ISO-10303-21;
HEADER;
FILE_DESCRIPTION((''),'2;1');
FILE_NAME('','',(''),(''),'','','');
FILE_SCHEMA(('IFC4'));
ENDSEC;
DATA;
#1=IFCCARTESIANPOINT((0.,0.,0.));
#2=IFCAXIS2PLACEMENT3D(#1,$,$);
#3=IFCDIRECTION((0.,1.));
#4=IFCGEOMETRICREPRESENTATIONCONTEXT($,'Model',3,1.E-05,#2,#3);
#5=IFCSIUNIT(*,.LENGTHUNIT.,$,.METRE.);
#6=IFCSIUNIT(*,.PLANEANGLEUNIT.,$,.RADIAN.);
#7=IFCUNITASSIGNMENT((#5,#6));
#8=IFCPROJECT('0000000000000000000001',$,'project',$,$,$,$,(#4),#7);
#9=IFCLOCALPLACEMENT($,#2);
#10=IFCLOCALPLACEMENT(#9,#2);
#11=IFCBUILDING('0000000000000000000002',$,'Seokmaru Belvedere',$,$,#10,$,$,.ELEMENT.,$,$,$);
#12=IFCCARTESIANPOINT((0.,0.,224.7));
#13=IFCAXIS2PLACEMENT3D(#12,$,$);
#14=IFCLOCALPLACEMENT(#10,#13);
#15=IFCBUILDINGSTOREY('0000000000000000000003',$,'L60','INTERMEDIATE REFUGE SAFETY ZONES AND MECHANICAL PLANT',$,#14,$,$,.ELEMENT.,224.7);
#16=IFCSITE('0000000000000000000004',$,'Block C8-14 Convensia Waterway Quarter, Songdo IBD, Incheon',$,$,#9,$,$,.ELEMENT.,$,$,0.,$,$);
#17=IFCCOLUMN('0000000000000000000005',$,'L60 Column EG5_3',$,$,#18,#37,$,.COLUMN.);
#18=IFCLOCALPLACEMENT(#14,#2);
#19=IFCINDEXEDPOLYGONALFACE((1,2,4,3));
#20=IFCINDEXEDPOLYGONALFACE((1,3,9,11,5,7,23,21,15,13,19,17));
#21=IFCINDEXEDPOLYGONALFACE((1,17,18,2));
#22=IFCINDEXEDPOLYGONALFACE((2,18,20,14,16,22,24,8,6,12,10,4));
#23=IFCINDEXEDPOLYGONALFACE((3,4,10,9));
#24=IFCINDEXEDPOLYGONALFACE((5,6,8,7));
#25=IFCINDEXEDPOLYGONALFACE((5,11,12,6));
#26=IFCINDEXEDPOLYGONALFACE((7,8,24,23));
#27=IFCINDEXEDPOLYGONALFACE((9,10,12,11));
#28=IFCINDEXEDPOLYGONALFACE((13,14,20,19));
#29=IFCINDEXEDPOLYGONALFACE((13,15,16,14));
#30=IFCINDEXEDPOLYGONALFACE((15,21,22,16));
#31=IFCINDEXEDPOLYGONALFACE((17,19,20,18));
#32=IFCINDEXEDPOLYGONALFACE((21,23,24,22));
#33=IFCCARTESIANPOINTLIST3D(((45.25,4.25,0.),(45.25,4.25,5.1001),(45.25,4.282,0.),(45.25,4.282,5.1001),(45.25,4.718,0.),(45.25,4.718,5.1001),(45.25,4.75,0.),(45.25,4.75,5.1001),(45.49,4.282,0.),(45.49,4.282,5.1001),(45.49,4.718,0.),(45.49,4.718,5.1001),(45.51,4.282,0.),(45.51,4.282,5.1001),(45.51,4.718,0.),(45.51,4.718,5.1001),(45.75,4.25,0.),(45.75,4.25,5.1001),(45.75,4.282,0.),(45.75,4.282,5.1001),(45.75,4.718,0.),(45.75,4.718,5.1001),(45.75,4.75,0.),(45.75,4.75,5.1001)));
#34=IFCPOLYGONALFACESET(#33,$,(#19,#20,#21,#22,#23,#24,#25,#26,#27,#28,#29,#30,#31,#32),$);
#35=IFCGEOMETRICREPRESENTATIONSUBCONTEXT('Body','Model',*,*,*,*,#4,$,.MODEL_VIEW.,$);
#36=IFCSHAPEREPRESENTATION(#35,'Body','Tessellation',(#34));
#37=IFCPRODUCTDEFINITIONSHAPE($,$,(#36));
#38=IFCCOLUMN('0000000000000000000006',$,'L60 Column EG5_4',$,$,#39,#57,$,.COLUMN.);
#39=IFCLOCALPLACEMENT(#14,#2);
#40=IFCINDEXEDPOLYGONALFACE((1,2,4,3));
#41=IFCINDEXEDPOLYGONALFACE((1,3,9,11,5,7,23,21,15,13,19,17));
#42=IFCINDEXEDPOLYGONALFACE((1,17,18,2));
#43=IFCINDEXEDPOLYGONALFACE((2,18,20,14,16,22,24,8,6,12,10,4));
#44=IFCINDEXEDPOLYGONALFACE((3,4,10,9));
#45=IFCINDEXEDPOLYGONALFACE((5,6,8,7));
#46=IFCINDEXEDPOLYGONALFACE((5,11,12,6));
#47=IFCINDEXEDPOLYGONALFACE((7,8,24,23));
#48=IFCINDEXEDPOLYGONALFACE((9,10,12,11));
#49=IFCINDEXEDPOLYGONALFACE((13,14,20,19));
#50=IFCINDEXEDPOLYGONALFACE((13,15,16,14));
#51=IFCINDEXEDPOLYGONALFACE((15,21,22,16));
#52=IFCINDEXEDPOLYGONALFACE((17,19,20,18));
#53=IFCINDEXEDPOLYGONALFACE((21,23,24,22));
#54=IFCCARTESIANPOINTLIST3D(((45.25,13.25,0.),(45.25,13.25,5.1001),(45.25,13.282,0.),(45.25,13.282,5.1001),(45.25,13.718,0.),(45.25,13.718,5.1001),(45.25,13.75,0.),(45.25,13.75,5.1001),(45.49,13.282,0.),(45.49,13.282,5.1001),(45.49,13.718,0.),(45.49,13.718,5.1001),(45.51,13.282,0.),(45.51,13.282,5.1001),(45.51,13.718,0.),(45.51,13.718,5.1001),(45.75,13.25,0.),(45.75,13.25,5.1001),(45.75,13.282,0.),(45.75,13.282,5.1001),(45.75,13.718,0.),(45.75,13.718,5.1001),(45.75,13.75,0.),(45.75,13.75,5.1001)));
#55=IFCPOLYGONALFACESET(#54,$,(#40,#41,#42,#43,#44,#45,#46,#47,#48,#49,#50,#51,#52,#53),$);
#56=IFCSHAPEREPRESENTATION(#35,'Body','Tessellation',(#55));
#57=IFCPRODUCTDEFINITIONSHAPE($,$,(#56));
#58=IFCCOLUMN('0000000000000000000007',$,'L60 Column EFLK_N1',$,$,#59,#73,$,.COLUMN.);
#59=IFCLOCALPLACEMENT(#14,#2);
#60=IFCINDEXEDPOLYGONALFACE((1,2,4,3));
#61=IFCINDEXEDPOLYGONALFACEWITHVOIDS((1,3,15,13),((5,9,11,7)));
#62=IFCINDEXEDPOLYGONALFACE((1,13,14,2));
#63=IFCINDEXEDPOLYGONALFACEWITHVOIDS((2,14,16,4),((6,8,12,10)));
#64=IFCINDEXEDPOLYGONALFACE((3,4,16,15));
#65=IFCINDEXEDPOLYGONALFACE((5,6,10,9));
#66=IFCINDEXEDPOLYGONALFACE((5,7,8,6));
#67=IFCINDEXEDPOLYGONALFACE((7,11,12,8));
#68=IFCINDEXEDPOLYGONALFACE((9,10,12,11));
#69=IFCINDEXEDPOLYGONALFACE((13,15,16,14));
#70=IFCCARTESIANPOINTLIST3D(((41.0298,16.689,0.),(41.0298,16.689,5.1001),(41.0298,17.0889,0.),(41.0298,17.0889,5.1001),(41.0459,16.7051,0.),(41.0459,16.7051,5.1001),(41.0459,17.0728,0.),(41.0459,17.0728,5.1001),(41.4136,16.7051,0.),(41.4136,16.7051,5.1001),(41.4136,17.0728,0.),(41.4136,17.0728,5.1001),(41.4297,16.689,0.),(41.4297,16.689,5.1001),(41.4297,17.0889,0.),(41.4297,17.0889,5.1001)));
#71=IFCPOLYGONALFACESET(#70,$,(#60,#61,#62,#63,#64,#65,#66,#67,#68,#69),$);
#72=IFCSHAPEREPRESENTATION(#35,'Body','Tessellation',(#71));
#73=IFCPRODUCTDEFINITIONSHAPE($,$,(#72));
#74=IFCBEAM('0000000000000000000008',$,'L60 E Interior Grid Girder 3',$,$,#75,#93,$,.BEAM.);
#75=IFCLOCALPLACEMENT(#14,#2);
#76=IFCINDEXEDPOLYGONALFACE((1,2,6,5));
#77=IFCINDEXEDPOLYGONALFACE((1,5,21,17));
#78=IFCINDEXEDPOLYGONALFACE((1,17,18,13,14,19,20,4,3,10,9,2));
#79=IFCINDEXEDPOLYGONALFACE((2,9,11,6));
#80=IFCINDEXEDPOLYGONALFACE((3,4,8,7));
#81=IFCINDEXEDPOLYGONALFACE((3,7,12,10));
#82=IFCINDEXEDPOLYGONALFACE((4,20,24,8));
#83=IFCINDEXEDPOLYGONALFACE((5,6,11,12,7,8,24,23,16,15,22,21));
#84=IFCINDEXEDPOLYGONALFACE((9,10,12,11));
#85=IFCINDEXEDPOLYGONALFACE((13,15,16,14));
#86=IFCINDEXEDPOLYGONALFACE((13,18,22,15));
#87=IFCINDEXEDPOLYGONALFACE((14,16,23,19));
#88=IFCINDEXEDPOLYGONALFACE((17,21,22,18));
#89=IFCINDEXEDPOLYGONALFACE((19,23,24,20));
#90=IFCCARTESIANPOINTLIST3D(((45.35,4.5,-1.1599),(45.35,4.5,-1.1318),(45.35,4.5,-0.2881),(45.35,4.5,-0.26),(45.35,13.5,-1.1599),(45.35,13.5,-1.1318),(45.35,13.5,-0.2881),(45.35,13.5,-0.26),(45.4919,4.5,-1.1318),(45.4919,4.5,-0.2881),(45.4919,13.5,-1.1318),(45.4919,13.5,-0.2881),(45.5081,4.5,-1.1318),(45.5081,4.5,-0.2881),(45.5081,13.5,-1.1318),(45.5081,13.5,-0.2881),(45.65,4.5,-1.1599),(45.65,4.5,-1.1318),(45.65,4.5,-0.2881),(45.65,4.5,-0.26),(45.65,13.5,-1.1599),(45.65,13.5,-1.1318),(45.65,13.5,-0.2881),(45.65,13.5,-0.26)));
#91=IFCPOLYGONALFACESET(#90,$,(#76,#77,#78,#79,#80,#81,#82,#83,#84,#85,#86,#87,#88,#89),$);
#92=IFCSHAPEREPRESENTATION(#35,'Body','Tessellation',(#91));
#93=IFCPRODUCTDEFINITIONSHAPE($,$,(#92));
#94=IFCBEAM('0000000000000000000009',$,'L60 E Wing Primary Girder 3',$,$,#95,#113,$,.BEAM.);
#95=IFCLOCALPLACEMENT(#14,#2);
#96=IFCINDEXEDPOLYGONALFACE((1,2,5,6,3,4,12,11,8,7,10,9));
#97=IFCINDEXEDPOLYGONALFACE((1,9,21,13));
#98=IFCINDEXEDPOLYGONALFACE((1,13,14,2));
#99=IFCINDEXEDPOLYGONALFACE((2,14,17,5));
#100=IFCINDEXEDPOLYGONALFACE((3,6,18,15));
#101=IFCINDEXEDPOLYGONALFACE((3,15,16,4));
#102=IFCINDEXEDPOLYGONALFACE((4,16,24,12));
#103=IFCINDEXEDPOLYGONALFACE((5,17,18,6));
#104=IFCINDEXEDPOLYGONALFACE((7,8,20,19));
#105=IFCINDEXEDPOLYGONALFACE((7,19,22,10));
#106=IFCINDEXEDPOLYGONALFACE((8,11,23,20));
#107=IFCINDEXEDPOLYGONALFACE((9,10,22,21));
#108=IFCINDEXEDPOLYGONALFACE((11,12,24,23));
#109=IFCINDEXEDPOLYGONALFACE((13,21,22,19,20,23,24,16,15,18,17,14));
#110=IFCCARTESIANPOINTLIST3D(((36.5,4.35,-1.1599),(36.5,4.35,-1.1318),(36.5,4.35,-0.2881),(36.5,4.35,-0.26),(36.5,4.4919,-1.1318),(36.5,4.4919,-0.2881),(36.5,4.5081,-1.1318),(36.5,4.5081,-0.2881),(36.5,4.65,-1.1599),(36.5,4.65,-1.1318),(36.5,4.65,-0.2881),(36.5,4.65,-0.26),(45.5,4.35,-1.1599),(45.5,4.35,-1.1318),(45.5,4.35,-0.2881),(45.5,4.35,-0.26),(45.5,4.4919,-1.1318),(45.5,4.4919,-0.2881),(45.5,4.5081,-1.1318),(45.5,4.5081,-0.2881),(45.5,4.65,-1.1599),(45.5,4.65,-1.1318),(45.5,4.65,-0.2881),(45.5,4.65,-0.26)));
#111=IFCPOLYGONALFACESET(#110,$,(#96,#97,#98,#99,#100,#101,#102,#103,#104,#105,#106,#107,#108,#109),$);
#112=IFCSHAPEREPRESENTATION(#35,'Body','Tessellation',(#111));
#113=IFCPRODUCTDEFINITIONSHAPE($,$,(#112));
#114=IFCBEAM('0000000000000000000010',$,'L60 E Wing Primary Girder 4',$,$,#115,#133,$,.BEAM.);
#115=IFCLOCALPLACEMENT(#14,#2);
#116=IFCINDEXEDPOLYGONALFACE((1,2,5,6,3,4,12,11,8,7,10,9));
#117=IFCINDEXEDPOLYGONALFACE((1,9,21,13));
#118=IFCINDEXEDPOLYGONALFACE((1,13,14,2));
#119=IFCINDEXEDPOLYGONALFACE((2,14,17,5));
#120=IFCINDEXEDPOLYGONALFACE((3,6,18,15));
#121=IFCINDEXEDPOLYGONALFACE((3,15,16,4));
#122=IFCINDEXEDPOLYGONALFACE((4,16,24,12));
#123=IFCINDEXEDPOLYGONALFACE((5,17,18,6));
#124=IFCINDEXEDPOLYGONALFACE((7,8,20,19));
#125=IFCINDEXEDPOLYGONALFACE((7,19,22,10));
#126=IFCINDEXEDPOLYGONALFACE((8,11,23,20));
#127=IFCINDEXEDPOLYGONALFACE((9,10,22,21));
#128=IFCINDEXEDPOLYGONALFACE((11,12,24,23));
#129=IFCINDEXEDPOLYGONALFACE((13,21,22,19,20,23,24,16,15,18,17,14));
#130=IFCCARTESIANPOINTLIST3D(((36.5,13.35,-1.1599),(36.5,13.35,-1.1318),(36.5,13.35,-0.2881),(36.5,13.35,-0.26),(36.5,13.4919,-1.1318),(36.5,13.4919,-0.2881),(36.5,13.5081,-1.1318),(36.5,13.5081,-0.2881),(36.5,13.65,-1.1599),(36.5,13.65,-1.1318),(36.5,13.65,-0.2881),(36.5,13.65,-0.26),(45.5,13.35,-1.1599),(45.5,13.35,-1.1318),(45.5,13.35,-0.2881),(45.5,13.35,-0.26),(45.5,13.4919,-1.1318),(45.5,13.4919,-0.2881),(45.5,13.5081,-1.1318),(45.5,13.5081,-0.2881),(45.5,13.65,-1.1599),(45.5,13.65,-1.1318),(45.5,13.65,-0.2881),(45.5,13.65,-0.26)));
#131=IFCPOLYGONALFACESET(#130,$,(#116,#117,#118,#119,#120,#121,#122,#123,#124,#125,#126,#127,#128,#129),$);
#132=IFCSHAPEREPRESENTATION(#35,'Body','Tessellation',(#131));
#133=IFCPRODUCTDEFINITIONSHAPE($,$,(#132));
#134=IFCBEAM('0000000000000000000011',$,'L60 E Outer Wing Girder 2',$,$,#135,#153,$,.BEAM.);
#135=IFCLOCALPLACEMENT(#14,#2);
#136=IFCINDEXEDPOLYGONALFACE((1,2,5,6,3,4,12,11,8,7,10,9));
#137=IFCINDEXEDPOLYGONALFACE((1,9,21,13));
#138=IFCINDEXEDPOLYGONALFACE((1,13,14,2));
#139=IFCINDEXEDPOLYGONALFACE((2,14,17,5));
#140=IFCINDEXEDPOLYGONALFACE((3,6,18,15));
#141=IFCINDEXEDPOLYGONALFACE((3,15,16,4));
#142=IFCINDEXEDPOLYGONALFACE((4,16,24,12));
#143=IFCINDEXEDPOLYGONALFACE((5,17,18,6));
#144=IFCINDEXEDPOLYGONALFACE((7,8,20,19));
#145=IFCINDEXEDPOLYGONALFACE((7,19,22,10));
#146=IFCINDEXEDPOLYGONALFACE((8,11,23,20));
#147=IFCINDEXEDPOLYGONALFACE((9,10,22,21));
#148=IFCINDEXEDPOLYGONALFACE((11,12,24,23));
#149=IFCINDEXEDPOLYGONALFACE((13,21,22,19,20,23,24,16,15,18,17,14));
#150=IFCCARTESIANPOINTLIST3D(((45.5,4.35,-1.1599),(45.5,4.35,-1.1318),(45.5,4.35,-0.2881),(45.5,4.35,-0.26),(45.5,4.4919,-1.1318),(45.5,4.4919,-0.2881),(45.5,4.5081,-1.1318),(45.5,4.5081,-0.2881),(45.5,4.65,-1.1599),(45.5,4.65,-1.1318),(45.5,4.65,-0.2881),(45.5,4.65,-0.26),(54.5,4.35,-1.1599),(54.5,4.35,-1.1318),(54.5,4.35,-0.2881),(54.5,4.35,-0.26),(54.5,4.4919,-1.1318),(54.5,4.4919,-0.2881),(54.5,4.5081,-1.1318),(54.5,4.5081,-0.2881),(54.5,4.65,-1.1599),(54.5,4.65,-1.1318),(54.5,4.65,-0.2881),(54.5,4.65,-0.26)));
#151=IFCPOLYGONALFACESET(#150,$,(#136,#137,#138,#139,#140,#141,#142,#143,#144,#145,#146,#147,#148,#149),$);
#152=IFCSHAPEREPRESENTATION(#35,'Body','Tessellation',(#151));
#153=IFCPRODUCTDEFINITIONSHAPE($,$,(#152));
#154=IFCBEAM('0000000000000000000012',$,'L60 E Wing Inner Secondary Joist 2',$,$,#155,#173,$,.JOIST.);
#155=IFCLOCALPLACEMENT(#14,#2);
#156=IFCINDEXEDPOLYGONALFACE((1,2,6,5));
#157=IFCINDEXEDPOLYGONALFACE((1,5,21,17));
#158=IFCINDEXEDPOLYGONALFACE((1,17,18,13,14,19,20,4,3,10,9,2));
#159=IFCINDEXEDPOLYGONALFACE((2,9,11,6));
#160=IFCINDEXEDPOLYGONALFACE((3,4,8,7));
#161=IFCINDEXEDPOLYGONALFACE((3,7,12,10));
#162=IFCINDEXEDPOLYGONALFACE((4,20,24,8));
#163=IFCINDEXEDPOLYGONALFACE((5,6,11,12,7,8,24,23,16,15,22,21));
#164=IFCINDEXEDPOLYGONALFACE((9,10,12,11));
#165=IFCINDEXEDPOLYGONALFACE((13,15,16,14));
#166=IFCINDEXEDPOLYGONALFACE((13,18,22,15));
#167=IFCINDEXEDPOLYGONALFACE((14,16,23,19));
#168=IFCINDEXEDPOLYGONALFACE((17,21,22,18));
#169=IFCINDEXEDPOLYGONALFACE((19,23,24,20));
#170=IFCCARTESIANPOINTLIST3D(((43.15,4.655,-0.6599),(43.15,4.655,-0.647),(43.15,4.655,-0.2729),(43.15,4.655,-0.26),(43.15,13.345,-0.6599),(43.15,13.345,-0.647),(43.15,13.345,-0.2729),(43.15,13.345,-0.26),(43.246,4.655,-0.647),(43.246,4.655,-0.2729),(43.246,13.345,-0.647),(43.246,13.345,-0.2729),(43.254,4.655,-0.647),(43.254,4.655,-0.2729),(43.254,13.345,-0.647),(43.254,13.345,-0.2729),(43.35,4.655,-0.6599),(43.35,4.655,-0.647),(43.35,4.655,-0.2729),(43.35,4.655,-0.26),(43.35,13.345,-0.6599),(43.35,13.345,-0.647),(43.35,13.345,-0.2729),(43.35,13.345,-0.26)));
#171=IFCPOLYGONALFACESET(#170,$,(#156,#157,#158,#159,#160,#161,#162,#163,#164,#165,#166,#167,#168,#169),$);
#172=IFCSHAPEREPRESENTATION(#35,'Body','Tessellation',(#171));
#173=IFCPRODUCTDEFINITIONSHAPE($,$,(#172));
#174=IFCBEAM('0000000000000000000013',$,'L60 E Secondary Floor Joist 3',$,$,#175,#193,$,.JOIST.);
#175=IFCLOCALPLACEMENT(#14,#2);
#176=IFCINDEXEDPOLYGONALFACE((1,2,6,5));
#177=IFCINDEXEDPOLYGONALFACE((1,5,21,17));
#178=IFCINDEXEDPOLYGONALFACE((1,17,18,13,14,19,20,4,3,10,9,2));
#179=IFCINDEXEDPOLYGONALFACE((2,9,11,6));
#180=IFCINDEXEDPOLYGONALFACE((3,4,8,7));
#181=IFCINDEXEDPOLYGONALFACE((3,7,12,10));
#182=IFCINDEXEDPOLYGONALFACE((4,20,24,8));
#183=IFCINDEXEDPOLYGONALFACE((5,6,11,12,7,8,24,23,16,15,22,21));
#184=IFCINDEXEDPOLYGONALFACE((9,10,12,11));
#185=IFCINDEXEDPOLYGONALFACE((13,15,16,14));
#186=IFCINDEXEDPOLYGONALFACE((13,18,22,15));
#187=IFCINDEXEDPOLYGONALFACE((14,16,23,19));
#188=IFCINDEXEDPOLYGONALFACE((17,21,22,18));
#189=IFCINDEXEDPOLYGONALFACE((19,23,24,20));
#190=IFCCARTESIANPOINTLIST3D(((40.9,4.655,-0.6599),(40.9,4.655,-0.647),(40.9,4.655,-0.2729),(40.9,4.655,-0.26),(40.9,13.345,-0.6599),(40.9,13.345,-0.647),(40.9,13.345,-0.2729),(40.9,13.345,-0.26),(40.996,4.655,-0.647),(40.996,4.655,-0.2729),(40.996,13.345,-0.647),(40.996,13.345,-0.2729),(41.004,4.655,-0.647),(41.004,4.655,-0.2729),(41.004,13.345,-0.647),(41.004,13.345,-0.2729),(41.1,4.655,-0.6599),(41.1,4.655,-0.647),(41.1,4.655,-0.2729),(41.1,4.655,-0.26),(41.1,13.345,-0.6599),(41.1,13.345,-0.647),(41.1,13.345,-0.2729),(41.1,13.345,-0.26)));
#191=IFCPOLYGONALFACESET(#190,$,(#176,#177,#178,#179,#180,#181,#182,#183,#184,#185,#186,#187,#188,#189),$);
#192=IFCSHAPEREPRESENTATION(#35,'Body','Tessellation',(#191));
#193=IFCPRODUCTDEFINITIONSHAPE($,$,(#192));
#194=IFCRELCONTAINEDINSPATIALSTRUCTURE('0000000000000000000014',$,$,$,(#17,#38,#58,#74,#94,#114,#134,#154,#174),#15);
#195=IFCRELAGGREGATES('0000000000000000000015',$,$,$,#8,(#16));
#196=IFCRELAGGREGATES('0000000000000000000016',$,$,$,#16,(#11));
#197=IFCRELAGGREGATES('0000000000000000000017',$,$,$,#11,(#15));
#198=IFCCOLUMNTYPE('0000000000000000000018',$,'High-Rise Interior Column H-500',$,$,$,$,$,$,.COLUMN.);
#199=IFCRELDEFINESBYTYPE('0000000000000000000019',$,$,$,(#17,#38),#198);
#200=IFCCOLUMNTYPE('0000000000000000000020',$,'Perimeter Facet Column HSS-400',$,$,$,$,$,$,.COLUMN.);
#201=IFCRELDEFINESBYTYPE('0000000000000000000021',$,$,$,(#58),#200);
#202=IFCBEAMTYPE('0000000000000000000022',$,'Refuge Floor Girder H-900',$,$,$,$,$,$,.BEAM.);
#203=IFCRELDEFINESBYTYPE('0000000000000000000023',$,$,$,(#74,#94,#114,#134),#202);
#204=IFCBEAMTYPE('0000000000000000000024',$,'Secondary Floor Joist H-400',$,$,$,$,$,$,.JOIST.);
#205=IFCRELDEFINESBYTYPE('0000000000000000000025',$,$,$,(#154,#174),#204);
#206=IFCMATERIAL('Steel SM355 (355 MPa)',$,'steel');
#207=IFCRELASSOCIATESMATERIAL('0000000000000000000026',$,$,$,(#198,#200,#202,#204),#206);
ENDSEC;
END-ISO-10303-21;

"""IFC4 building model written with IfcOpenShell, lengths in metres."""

from ifc_helpers import new_model, si_unit, direction, frame, origin, origin_2d, place, context, subcontext, project, spatial, hollow_rectangle, i_section, extrude, source, transform, mapped, material, material_profile, profile_set, type_object, type_shapes, element, save


model = new_model("IFC4")

# Units and contexts
model_context = context("Model", 3, precision=1e-05, world=origin(), true_north=direction((0.0, 1.0)))
body_context = subcontext(model_context, "Body", "Model", "MODEL_VIEW")
ifc_project = project(units=[si_unit("LENGTHUNIT", "METRE"), si_unit("PLANEANGLEUNIT", "RADIAN")], contexts=[model_context])

# Site, building, storey
site_placement = place(None, origin())
site = spatial("IfcSite", under=ifc_project, at=site_placement, Name="Block C8-14 Convensia Waterway Quarter, Songdo IBD, Incheon", CompositionType="ELEMENT", RefElevation=0.0)
building_placement = place(site_placement, origin())
building = spatial("IfcBuilding", under=site, at=building_placement, Name="Seokmaru Belvedere", CompositionType="ELEMENT")
storey_placement = place(building_placement, frame((0.0, 0.0, 224.7)))
storey = spatial("IfcBuildingStorey", under=building, at=storey_placement, Name="L60", Description="INTERMEDIATE REFUGE SAFETY ZONES AND MECHANICAL PLANT", CompositionType="ELEMENT", Elevation=224.7)

# Columns
ifc_material_1 = material(Name="Steel SM355 (355 MPa)", Category="steel")
ifc_material_profile_1 = material_profile(ifc_material_1, i_section(OverallWidth=0.5, OverallDepth=0.5, WebThickness=0.02, FlangeThickness=0.032, at=origin_2d()), Name="H-500x500x20x32")
ifc_profile_set_1 = profile_set([ifc_material_profile_1], Name="Steel SM355 (355 MPa)")
column_type_1 = type_object("IfcColumnType", Name="High-Rise Interior Column H-500", PredefinedType="COLUMN", material=ifc_profile_set_1)
shared_shape_1 = source(origin(), body_context, "Body", "SweptSolid", [
    extrude(i_section(OverallWidth=0.5, OverallDepth=0.5, WebThickness=0.02, FlangeThickness=0.032, at=origin_2d()), origin(), (0.0, 0.0, 1.0), 5.1001),
])
type_shapes(column_type_1, [shared_shape_1])
for number, where, z_axis, x_axis, name in (
    (1, (45.5, 4.5, 0.0), (0.0, 0.0, 1.0), (1.0, 0.0, 0.0), "L60 Column EG5_3"),
    (2, (45.5, 13.5, 0.0), (0.0, 0.0, 1.0), (1.0, 0.0, 0.0), "L60 Column EG5_4"),
):
    element("IfcColumn", number, at=place(storey_placement, frame(where, z_axis=z_axis, x_axis=x_axis)), inside=storey, type_object=column_type_1, Name=name, PredefinedType="COLUMN", context=body_context, shape_type="MappedRepresentation", body=[
        mapped(shared_shape_1, transform((0.0, 0.0, 0.0), scale=1.0)),
    ])
ifc_material_profile_2 = material_profile(ifc_material_1, hollow_rectangle(XDim=0.3999, YDim=0.3999, WallThickness=0.0161, at=origin_2d()), Name="HSS-400x400x16")
ifc_profile_set_2 = profile_set([ifc_material_profile_2], Name="Steel SM355 (355 MPa)")
column_type_2 = type_object("IfcColumnType", Name="Perimeter Facet Column HSS-400", PredefinedType="COLUMN", material=ifc_profile_set_2)
shared_shape_2 = source(origin(), body_context, "Body", "SweptSolid", [
    extrude(hollow_rectangle(XDim=0.3999, YDim=0.3999, WallThickness=0.0161, at=origin_2d()), origin(), (0.0, 0.0, 1.0), 5.1001),
])
type_shapes(column_type_2, [shared_shape_2])
column_placement = place(storey_placement, frame((41.2297, 16.8889, 0.0), z_axis=(0.0, 0.0, 1.0), x_axis=(1.0, 0.0, 0.0)))
element("IfcColumn", 3, at=column_placement, inside=storey, type_object=column_type_2, Name="L60 Column EFLK_N1", PredefinedType="COLUMN", context=body_context, shape_type="MappedRepresentation", body=[
    mapped(shared_shape_2, transform((0.0, 0.0, 0.0), scale=1.0)),
])

# Beams
ifc_material_profile_3 = material_profile(ifc_material_1, i_section(OverallWidth=0.3, OverallDepth=0.8999, WebThickness=0.0161, FlangeThickness=0.0281, at=origin_2d()), Name="H-900x300x16x28")
ifc_profile_set_3 = profile_set([ifc_material_profile_3], Name="Steel SM355 (355 MPa)")
beam_type_1 = type_object("IfcBeamType", Name="Refuge Floor Girder H-900", PredefinedType="BEAM", material=ifc_profile_set_3)
shared_shape_3 = source(origin(), body_context, "Body", "SweptSolid", [
    extrude(i_section(OverallWidth=0.3, OverallDepth=0.8999, WebThickness=0.0161, FlangeThickness=0.0281, at=origin_2d()), origin(), (0.0, 0.0, 1.0), 9.0),
])
for number, where, z_axis, x_axis, name in (
    (4, (45.5, 4.5, -0.71), (0.0, 1.0, 0.0), (-1.0, 0.0, 0.0), "L60 E Interior Grid Girder 3"),
    (5, (36.5, 4.5, -0.71), (1.0, 0.0, 0.0), (0.0, 1.0, 0.0), "L60 E Wing Primary Girder 3"),
    (6, (36.5, 13.5, -0.71), (1.0, 0.0, 0.0), (0.0, 1.0, 0.0), "L60 E Wing Primary Girder 4"),
    (7, (45.5, 4.5, -0.71), (1.0, 0.0, 0.0), (0.0, 1.0, 0.0), "L60 E Outer Wing Girder 2"),
):
    element("IfcBeam", number, at=place(storey_placement, frame(where, z_axis=z_axis, x_axis=x_axis)), inside=storey, type_object=beam_type_1, Name=name, PredefinedType="BEAM", context=body_context, shape_type="MappedRepresentation", body=[
        mapped(shared_shape_3, transform((0.0, 0.0, 0.0), scale=1.0)),
    ])
ifc_material_profile_4 = material_profile(ifc_material_1, i_section(OverallWidth=0.2, OverallDepth=0.3999, WebThickness=0.0081, FlangeThickness=0.0129, at=origin_2d()), Name="H-400x200x8x13")
ifc_profile_set_4 = profile_set([ifc_material_profile_4], Name="Steel SM355 (355 MPa)")
beam_type_2 = type_object("IfcBeamType", Name="Secondary Floor Joist H-400", PredefinedType="JOIST", material=ifc_profile_set_4)
shared_shape_4 = source(origin(), body_context, "Body", "SweptSolid", [
    extrude(i_section(OverallWidth=0.2, OverallDepth=0.3999, WebThickness=0.0081, FlangeThickness=0.0129, at=origin_2d()), origin(), (0.0, 0.0, 1.0), 8.6899),
])
type_shapes(beam_type_2, [shared_shape_4])
for number, where, z_axis, x_axis, name in (
    (8, (43.25, 4.655, -0.46), (0.0, 1.0, 0.0), (-1.0, 0.0, 0.0), "L60 E Wing Inner Secondary Joist 2"),
    (9, (41.0, 4.655, -0.46), (0.0, 1.0, 0.0), (-1.0, 0.0, 0.0), "L60 E Secondary Floor Joist 3"),
):
    element("IfcBeam", number, at=place(storey_placement, frame(where, z_axis=z_axis, x_axis=x_axis)), inside=storey, type_object=beam_type_2, Name=name, PredefinedType="JOIST", context=body_context, shape_type="MappedRepresentation", body=[
        mapped(shared_shape_4, transform((0.0, 0.0, 0.0), scale=1.0)),
    ])

save(model, "model.ifc")
